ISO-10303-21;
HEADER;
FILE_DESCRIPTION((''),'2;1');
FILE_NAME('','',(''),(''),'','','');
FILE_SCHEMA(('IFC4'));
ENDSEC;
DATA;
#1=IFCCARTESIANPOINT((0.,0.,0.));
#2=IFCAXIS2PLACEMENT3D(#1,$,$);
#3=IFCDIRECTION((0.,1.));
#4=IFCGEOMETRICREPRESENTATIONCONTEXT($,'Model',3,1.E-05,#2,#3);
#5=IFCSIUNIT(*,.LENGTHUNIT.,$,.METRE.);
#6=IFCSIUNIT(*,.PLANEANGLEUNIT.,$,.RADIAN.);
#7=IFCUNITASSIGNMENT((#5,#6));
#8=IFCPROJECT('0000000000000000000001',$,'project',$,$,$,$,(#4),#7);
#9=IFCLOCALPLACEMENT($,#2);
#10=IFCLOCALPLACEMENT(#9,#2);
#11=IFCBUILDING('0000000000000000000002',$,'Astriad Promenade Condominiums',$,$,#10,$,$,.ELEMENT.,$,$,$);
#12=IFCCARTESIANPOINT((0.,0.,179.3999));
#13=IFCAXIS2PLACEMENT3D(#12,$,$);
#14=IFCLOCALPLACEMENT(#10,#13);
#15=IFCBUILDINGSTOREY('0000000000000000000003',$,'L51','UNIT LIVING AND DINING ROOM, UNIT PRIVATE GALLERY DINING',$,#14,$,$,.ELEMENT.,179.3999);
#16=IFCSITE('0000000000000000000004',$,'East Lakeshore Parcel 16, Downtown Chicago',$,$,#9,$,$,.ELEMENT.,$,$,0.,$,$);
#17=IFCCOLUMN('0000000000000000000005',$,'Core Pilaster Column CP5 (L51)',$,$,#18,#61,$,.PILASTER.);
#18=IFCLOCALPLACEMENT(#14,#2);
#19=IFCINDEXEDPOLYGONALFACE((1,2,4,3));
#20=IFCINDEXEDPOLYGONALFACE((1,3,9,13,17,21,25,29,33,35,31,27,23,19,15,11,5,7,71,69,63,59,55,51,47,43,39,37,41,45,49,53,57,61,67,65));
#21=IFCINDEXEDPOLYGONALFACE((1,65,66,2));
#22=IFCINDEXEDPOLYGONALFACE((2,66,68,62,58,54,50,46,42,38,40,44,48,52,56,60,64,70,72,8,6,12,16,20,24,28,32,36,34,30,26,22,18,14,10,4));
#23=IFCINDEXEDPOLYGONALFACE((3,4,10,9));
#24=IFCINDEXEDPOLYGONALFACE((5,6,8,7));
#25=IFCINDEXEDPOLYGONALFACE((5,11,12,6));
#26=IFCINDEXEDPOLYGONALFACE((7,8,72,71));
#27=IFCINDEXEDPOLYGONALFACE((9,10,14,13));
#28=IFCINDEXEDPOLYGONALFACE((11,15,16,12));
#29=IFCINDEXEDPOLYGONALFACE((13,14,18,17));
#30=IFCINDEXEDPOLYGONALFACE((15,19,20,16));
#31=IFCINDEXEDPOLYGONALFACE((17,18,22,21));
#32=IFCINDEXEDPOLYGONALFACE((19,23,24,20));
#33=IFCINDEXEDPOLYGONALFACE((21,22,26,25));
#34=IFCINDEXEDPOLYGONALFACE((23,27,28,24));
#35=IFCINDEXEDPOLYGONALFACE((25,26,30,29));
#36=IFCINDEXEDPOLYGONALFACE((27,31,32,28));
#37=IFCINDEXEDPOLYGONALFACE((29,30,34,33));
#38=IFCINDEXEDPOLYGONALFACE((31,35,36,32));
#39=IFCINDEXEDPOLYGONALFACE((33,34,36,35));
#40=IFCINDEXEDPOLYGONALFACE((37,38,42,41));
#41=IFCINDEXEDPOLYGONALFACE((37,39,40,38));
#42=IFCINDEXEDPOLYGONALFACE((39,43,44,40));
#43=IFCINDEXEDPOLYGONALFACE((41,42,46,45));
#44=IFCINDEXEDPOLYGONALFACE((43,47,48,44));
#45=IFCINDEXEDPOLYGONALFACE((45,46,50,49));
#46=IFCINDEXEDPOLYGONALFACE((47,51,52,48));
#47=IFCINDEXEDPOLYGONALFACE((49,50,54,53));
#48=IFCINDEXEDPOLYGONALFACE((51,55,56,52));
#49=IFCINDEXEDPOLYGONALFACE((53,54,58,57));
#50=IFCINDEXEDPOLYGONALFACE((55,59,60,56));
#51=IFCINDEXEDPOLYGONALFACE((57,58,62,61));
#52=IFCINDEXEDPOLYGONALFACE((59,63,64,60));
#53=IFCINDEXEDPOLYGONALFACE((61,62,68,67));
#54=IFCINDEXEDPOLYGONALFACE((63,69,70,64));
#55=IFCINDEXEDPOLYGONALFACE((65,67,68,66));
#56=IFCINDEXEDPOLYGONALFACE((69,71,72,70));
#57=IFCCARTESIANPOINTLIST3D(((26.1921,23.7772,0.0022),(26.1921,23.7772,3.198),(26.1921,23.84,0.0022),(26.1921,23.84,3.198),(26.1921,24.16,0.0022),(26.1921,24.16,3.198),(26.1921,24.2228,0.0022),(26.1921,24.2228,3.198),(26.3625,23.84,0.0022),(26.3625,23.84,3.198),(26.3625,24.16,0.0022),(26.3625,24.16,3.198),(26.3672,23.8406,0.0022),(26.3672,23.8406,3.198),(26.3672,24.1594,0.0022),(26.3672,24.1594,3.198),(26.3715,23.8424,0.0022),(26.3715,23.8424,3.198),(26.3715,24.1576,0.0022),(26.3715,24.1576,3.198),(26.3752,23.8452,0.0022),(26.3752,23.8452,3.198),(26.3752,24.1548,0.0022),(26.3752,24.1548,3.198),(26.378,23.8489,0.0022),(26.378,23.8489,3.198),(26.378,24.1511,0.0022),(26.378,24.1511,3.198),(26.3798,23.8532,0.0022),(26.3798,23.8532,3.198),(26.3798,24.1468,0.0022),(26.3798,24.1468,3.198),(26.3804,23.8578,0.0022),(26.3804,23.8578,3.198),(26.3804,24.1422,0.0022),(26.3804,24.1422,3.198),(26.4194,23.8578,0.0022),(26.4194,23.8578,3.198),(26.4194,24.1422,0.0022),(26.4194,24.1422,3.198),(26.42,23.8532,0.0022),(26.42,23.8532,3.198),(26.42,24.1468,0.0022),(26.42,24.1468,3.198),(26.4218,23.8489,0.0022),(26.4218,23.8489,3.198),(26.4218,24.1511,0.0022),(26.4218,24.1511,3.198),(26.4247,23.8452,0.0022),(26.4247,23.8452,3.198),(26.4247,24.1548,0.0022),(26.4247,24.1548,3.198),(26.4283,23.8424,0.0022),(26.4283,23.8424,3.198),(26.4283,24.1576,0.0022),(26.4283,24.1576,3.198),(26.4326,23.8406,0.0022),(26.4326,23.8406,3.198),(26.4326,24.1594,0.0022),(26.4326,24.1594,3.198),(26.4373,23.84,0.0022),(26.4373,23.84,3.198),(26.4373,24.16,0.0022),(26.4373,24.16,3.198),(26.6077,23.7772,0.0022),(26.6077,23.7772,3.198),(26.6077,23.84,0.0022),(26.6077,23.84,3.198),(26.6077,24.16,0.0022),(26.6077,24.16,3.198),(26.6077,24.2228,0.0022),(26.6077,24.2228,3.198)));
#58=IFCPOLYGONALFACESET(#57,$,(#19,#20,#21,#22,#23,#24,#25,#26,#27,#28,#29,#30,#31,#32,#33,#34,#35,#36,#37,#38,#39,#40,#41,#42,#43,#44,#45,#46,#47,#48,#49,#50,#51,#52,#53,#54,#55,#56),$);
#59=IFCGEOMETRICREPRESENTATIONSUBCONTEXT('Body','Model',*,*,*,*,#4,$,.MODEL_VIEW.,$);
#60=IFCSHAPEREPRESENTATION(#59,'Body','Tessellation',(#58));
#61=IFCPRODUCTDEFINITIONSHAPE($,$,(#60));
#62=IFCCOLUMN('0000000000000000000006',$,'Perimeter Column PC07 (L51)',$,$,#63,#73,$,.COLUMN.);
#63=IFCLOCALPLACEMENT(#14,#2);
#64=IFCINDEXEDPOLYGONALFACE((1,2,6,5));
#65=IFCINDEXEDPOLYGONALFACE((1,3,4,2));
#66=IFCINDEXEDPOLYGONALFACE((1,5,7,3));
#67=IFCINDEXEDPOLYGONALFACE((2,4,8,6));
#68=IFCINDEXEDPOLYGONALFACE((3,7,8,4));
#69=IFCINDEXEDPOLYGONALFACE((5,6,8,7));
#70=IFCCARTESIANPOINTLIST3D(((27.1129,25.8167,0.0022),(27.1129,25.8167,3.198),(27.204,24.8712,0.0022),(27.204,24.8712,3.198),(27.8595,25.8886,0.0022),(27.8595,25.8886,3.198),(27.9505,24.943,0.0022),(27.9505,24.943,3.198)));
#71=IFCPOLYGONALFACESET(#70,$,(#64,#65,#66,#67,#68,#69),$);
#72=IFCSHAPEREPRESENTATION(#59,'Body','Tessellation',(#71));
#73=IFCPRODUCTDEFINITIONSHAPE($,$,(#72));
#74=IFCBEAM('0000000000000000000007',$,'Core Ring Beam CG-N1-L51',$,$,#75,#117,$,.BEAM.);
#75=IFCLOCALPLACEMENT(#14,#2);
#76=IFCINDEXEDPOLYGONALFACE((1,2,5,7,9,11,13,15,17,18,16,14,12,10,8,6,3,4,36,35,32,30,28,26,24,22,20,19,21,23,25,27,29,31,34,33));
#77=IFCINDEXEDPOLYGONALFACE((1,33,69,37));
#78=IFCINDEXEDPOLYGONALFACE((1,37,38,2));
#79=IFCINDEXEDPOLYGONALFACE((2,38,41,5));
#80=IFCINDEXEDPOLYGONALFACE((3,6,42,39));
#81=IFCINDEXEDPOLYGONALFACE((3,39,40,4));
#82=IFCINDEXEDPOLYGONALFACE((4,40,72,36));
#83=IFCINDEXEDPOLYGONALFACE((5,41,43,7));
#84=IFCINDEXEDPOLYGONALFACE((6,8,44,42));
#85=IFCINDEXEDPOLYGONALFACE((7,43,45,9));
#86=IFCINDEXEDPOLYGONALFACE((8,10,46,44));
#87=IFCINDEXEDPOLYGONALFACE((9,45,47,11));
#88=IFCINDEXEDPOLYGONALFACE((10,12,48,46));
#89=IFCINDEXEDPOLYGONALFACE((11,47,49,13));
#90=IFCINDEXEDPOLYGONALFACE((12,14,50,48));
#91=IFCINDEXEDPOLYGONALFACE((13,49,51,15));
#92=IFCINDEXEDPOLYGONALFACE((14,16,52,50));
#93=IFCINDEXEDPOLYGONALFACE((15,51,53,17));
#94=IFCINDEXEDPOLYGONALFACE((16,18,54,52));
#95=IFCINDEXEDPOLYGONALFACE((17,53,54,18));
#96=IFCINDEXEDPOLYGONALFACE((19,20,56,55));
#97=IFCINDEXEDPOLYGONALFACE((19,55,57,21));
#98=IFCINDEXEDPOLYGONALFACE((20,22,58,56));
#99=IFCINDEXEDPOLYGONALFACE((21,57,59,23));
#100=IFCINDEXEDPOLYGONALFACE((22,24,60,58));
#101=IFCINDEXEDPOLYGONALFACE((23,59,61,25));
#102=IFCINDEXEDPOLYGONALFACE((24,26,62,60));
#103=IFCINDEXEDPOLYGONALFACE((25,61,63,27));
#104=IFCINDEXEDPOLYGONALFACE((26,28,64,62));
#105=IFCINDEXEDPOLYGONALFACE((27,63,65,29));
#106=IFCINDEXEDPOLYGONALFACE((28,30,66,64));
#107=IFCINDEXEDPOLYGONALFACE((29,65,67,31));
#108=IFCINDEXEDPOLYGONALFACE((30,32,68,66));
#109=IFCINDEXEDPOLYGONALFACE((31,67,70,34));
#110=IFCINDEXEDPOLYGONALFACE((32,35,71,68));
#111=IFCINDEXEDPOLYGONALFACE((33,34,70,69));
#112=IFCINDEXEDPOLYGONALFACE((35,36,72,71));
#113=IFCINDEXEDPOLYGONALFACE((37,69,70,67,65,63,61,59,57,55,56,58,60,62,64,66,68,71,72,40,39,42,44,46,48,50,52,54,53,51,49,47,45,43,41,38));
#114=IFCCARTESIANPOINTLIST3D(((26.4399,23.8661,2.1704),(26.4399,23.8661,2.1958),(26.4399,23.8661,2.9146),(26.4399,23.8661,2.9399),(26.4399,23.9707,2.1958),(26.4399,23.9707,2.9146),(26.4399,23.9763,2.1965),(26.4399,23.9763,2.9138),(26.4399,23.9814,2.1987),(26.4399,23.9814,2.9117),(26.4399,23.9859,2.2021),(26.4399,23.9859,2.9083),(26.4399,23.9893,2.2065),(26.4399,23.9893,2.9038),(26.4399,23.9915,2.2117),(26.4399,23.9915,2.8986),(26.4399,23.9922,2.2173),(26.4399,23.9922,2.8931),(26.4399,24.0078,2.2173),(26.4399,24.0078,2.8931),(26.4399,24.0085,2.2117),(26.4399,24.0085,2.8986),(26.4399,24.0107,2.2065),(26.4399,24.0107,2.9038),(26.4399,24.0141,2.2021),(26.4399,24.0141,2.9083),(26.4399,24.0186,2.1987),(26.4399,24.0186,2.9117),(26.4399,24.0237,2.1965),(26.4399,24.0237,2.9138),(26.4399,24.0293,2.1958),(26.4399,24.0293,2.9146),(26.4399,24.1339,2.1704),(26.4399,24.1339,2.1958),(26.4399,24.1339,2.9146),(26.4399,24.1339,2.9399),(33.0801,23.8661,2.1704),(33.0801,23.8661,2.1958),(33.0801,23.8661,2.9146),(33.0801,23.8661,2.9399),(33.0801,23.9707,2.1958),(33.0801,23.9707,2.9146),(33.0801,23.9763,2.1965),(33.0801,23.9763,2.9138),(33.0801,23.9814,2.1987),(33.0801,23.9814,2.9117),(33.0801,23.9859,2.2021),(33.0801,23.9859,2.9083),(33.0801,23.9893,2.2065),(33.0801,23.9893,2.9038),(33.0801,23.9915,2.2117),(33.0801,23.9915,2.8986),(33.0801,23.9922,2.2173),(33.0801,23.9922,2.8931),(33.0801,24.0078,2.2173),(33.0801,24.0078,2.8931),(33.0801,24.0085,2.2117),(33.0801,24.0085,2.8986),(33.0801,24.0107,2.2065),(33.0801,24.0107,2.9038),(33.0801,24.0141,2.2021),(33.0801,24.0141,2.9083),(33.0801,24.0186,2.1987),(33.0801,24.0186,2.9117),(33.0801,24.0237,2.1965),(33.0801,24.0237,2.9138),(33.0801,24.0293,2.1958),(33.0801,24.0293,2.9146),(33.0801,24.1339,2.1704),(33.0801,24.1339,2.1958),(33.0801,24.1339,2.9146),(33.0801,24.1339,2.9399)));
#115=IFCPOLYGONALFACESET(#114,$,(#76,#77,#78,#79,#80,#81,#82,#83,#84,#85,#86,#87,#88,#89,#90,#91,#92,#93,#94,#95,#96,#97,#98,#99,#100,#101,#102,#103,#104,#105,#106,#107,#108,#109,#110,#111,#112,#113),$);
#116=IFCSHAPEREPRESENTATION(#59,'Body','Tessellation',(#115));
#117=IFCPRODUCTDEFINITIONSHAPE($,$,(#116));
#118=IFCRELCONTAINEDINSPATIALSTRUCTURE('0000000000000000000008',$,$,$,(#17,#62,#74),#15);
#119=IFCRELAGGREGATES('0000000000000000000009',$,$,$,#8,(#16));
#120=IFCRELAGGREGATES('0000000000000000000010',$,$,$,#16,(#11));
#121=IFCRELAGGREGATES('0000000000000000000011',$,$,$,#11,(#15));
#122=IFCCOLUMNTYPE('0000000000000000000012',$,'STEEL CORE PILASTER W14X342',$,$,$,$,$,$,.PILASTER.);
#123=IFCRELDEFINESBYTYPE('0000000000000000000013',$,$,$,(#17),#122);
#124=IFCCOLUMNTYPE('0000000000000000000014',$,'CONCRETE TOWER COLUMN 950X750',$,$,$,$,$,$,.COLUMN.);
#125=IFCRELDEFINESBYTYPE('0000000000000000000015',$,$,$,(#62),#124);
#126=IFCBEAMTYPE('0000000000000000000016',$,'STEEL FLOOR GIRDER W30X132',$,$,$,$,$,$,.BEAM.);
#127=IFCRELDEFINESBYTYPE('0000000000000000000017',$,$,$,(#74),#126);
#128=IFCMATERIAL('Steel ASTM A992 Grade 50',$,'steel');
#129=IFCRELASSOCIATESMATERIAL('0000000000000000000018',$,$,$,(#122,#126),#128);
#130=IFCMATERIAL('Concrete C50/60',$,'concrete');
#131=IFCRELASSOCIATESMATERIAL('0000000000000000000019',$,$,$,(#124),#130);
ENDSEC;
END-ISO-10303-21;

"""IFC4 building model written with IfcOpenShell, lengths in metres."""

from ifc_helpers import new_model, si_unit, direction, frame, origin, origin_2d, place, context, subcontext, project, spatial, rectangle, i_section, extrude, source, transform, mapped, material, material_profile, profile_set, type_object, type_shapes, element, save


model = new_model("IFC4")

# Units and contexts
model_context = context("Model", 3, precision=1e-05, world=origin(), true_north=direction((0.0, 1.0)))
body_context = subcontext(model_context, "Body", "Model", "MODEL_VIEW")
ifc_project = project(units=[si_unit("LENGTHUNIT", "METRE"), si_unit("PLANEANGLEUNIT", "RADIAN")], contexts=[model_context])

# Site, building, storey
site_placement = place(None, origin())
site = spatial("IfcSite", under=ifc_project, at=site_placement, Name="East Lakeshore Parcel 16, Downtown Chicago", CompositionType="ELEMENT", RefElevation=0.0)
building_placement = place(site_placement, origin())
building = spatial("IfcBuilding", under=site, at=building_placement, Name="Astriad Promenade Condominiums", CompositionType="ELEMENT")
storey_placement = place(building_placement, frame((0.0, 0.0, 179.3999)))
storey = spatial("IfcBuildingStorey", under=building, at=storey_placement, Name="L51", Description="UNIT LIVING AND DINING ROOM, UNIT PRIVATE GALLERY DINING", CompositionType="ELEMENT", Elevation=179.3999)

# Columns
ifc_material_1 = material(Name="Steel ASTM A992 Grade 50", Category="steel")
ifc_material_profile_1 = material_profile(ifc_material_1, i_section(OverallWidth=0.4155, OverallDepth=0.4456, WebThickness=0.0391, FlangeThickness=0.0627, FilletRadius=0.0178, at=origin_2d()), Name="W14X342")
ifc_profile_set_1 = profile_set([ifc_material_profile_1], Name="Steel ASTM A992 Grade 50")
column_type_1 = type_object("IfcColumnType", Name="STEEL CORE PILASTER W14X342", PredefinedType="PILASTER", material=ifc_profile_set_1)
shared_shape_1 = source(origin(), body_context, "Body", "SweptSolid", [
    extrude(i_section(OverallWidth=0.4155, OverallDepth=0.4456, WebThickness=0.0391, FlangeThickness=0.0627, FilletRadius=0.0178, at=origin_2d()), origin(), (0.0, 0.0, 1.0), 3.1958),
])
type_shapes(column_type_1, [shared_shape_1])
column_1_placement = place(storey_placement, frame((26.3999, 24.0, 0.0022), z_axis=(0.0, 0.0, 1.0), x_axis=(1.0, 0.0, 0.0)))
element("IfcColumn", 1, at=column_1_placement, inside=storey, type_object=column_type_1, Name="Core Pilaster Column CP5 (L51)", PredefinedType="PILASTER", context=body_context, shape_type="MappedRepresentation", body=[
    mapped(shared_shape_1, transform((0.0, 0.0, 0.0), scale=1.0)),
])
ifc_material_2 = material(Name="Concrete C50/60", Category="concrete")
ifc_material_profile_2 = material_profile(ifc_material_2, rectangle(XDim=0.75, YDim=0.95, at=origin_2d()), Name="RC-COL-950X750")
ifc_profile_set_2 = profile_set([ifc_material_profile_2], Name="Concrete C50/60")
column_type_2 = type_object("IfcColumnType", Name="CONCRETE TOWER COLUMN 950X750", PredefinedType="COLUMN", material=ifc_profile_set_2)
shared_shape_2 = source(origin(), body_context, "Body", "SweptSolid", [
    extrude(rectangle(XDim=0.75, YDim=0.95, at=origin_2d()), origin(), (0.0, 0.0, 1.0), 3.1958),
])
type_shapes(column_type_2, [shared_shape_2])
column_2_placement = place(storey_placement, frame((27.5317, 25.3799, 0.0022), z_axis=(0.0, 0.0, 1.0), x_axis=(0.995396, 0.095846, 0.0)))
element("IfcColumn", 2, at=column_2_placement, inside=storey, type_object=column_type_2, Name="Perimeter Column PC07 (L51)", PredefinedType="COLUMN", context=body_context, shape_type="MappedRepresentation", body=[
    mapped(shared_shape_2, transform((0.0, 0.0, 0.0), scale=1.0)),
])

# Beam
ifc_material_profile_3 = material_profile(ifc_material_1, i_section(OverallWidth=0.2678, OverallDepth=0.7695, WebThickness=0.0156, FlangeThickness=0.0254, FilletRadius=0.0215, at=origin_2d()), Name="W30X132")
ifc_profile_set_3 = profile_set([ifc_material_profile_3], Name="Steel ASTM A992 Grade 50")
beam_type = type_object("IfcBeamType", Name="STEEL FLOOR GIRDER W30X132", PredefinedType="BEAM", material=ifc_profile_set_3)
shared_shape_3 = source(origin(), body_context, "Body", "SweptSolid", [
    extrude(i_section(OverallWidth=0.2678, OverallDepth=0.7695, WebThickness=0.0156, FlangeThickness=0.0254, FilletRadius=0.0215, at=origin_2d()), origin(), (0.0, 0.0, 1.0), 6.6401),
])
type_shapes(beam_type, [shared_shape_3])
beam_placement = place(storey_placement, frame((26.4399, 24.0, 2.5552), z_axis=(1.0, 0.0, 0.0), x_axis=(0.0, 1.0, 0.0)))
element("IfcBeam", 3, at=beam_placement, inside=storey, type_object=beam_type, Name="Core Ring Beam CG-N1-L51", PredefinedType="BEAM", context=body_context, shape_type="MappedRepresentation", body=[
    mapped(shared_shape_3, transform((0.0, 0.0, 0.0), scale=1.0)),
])

save(model, "model.ifc")
